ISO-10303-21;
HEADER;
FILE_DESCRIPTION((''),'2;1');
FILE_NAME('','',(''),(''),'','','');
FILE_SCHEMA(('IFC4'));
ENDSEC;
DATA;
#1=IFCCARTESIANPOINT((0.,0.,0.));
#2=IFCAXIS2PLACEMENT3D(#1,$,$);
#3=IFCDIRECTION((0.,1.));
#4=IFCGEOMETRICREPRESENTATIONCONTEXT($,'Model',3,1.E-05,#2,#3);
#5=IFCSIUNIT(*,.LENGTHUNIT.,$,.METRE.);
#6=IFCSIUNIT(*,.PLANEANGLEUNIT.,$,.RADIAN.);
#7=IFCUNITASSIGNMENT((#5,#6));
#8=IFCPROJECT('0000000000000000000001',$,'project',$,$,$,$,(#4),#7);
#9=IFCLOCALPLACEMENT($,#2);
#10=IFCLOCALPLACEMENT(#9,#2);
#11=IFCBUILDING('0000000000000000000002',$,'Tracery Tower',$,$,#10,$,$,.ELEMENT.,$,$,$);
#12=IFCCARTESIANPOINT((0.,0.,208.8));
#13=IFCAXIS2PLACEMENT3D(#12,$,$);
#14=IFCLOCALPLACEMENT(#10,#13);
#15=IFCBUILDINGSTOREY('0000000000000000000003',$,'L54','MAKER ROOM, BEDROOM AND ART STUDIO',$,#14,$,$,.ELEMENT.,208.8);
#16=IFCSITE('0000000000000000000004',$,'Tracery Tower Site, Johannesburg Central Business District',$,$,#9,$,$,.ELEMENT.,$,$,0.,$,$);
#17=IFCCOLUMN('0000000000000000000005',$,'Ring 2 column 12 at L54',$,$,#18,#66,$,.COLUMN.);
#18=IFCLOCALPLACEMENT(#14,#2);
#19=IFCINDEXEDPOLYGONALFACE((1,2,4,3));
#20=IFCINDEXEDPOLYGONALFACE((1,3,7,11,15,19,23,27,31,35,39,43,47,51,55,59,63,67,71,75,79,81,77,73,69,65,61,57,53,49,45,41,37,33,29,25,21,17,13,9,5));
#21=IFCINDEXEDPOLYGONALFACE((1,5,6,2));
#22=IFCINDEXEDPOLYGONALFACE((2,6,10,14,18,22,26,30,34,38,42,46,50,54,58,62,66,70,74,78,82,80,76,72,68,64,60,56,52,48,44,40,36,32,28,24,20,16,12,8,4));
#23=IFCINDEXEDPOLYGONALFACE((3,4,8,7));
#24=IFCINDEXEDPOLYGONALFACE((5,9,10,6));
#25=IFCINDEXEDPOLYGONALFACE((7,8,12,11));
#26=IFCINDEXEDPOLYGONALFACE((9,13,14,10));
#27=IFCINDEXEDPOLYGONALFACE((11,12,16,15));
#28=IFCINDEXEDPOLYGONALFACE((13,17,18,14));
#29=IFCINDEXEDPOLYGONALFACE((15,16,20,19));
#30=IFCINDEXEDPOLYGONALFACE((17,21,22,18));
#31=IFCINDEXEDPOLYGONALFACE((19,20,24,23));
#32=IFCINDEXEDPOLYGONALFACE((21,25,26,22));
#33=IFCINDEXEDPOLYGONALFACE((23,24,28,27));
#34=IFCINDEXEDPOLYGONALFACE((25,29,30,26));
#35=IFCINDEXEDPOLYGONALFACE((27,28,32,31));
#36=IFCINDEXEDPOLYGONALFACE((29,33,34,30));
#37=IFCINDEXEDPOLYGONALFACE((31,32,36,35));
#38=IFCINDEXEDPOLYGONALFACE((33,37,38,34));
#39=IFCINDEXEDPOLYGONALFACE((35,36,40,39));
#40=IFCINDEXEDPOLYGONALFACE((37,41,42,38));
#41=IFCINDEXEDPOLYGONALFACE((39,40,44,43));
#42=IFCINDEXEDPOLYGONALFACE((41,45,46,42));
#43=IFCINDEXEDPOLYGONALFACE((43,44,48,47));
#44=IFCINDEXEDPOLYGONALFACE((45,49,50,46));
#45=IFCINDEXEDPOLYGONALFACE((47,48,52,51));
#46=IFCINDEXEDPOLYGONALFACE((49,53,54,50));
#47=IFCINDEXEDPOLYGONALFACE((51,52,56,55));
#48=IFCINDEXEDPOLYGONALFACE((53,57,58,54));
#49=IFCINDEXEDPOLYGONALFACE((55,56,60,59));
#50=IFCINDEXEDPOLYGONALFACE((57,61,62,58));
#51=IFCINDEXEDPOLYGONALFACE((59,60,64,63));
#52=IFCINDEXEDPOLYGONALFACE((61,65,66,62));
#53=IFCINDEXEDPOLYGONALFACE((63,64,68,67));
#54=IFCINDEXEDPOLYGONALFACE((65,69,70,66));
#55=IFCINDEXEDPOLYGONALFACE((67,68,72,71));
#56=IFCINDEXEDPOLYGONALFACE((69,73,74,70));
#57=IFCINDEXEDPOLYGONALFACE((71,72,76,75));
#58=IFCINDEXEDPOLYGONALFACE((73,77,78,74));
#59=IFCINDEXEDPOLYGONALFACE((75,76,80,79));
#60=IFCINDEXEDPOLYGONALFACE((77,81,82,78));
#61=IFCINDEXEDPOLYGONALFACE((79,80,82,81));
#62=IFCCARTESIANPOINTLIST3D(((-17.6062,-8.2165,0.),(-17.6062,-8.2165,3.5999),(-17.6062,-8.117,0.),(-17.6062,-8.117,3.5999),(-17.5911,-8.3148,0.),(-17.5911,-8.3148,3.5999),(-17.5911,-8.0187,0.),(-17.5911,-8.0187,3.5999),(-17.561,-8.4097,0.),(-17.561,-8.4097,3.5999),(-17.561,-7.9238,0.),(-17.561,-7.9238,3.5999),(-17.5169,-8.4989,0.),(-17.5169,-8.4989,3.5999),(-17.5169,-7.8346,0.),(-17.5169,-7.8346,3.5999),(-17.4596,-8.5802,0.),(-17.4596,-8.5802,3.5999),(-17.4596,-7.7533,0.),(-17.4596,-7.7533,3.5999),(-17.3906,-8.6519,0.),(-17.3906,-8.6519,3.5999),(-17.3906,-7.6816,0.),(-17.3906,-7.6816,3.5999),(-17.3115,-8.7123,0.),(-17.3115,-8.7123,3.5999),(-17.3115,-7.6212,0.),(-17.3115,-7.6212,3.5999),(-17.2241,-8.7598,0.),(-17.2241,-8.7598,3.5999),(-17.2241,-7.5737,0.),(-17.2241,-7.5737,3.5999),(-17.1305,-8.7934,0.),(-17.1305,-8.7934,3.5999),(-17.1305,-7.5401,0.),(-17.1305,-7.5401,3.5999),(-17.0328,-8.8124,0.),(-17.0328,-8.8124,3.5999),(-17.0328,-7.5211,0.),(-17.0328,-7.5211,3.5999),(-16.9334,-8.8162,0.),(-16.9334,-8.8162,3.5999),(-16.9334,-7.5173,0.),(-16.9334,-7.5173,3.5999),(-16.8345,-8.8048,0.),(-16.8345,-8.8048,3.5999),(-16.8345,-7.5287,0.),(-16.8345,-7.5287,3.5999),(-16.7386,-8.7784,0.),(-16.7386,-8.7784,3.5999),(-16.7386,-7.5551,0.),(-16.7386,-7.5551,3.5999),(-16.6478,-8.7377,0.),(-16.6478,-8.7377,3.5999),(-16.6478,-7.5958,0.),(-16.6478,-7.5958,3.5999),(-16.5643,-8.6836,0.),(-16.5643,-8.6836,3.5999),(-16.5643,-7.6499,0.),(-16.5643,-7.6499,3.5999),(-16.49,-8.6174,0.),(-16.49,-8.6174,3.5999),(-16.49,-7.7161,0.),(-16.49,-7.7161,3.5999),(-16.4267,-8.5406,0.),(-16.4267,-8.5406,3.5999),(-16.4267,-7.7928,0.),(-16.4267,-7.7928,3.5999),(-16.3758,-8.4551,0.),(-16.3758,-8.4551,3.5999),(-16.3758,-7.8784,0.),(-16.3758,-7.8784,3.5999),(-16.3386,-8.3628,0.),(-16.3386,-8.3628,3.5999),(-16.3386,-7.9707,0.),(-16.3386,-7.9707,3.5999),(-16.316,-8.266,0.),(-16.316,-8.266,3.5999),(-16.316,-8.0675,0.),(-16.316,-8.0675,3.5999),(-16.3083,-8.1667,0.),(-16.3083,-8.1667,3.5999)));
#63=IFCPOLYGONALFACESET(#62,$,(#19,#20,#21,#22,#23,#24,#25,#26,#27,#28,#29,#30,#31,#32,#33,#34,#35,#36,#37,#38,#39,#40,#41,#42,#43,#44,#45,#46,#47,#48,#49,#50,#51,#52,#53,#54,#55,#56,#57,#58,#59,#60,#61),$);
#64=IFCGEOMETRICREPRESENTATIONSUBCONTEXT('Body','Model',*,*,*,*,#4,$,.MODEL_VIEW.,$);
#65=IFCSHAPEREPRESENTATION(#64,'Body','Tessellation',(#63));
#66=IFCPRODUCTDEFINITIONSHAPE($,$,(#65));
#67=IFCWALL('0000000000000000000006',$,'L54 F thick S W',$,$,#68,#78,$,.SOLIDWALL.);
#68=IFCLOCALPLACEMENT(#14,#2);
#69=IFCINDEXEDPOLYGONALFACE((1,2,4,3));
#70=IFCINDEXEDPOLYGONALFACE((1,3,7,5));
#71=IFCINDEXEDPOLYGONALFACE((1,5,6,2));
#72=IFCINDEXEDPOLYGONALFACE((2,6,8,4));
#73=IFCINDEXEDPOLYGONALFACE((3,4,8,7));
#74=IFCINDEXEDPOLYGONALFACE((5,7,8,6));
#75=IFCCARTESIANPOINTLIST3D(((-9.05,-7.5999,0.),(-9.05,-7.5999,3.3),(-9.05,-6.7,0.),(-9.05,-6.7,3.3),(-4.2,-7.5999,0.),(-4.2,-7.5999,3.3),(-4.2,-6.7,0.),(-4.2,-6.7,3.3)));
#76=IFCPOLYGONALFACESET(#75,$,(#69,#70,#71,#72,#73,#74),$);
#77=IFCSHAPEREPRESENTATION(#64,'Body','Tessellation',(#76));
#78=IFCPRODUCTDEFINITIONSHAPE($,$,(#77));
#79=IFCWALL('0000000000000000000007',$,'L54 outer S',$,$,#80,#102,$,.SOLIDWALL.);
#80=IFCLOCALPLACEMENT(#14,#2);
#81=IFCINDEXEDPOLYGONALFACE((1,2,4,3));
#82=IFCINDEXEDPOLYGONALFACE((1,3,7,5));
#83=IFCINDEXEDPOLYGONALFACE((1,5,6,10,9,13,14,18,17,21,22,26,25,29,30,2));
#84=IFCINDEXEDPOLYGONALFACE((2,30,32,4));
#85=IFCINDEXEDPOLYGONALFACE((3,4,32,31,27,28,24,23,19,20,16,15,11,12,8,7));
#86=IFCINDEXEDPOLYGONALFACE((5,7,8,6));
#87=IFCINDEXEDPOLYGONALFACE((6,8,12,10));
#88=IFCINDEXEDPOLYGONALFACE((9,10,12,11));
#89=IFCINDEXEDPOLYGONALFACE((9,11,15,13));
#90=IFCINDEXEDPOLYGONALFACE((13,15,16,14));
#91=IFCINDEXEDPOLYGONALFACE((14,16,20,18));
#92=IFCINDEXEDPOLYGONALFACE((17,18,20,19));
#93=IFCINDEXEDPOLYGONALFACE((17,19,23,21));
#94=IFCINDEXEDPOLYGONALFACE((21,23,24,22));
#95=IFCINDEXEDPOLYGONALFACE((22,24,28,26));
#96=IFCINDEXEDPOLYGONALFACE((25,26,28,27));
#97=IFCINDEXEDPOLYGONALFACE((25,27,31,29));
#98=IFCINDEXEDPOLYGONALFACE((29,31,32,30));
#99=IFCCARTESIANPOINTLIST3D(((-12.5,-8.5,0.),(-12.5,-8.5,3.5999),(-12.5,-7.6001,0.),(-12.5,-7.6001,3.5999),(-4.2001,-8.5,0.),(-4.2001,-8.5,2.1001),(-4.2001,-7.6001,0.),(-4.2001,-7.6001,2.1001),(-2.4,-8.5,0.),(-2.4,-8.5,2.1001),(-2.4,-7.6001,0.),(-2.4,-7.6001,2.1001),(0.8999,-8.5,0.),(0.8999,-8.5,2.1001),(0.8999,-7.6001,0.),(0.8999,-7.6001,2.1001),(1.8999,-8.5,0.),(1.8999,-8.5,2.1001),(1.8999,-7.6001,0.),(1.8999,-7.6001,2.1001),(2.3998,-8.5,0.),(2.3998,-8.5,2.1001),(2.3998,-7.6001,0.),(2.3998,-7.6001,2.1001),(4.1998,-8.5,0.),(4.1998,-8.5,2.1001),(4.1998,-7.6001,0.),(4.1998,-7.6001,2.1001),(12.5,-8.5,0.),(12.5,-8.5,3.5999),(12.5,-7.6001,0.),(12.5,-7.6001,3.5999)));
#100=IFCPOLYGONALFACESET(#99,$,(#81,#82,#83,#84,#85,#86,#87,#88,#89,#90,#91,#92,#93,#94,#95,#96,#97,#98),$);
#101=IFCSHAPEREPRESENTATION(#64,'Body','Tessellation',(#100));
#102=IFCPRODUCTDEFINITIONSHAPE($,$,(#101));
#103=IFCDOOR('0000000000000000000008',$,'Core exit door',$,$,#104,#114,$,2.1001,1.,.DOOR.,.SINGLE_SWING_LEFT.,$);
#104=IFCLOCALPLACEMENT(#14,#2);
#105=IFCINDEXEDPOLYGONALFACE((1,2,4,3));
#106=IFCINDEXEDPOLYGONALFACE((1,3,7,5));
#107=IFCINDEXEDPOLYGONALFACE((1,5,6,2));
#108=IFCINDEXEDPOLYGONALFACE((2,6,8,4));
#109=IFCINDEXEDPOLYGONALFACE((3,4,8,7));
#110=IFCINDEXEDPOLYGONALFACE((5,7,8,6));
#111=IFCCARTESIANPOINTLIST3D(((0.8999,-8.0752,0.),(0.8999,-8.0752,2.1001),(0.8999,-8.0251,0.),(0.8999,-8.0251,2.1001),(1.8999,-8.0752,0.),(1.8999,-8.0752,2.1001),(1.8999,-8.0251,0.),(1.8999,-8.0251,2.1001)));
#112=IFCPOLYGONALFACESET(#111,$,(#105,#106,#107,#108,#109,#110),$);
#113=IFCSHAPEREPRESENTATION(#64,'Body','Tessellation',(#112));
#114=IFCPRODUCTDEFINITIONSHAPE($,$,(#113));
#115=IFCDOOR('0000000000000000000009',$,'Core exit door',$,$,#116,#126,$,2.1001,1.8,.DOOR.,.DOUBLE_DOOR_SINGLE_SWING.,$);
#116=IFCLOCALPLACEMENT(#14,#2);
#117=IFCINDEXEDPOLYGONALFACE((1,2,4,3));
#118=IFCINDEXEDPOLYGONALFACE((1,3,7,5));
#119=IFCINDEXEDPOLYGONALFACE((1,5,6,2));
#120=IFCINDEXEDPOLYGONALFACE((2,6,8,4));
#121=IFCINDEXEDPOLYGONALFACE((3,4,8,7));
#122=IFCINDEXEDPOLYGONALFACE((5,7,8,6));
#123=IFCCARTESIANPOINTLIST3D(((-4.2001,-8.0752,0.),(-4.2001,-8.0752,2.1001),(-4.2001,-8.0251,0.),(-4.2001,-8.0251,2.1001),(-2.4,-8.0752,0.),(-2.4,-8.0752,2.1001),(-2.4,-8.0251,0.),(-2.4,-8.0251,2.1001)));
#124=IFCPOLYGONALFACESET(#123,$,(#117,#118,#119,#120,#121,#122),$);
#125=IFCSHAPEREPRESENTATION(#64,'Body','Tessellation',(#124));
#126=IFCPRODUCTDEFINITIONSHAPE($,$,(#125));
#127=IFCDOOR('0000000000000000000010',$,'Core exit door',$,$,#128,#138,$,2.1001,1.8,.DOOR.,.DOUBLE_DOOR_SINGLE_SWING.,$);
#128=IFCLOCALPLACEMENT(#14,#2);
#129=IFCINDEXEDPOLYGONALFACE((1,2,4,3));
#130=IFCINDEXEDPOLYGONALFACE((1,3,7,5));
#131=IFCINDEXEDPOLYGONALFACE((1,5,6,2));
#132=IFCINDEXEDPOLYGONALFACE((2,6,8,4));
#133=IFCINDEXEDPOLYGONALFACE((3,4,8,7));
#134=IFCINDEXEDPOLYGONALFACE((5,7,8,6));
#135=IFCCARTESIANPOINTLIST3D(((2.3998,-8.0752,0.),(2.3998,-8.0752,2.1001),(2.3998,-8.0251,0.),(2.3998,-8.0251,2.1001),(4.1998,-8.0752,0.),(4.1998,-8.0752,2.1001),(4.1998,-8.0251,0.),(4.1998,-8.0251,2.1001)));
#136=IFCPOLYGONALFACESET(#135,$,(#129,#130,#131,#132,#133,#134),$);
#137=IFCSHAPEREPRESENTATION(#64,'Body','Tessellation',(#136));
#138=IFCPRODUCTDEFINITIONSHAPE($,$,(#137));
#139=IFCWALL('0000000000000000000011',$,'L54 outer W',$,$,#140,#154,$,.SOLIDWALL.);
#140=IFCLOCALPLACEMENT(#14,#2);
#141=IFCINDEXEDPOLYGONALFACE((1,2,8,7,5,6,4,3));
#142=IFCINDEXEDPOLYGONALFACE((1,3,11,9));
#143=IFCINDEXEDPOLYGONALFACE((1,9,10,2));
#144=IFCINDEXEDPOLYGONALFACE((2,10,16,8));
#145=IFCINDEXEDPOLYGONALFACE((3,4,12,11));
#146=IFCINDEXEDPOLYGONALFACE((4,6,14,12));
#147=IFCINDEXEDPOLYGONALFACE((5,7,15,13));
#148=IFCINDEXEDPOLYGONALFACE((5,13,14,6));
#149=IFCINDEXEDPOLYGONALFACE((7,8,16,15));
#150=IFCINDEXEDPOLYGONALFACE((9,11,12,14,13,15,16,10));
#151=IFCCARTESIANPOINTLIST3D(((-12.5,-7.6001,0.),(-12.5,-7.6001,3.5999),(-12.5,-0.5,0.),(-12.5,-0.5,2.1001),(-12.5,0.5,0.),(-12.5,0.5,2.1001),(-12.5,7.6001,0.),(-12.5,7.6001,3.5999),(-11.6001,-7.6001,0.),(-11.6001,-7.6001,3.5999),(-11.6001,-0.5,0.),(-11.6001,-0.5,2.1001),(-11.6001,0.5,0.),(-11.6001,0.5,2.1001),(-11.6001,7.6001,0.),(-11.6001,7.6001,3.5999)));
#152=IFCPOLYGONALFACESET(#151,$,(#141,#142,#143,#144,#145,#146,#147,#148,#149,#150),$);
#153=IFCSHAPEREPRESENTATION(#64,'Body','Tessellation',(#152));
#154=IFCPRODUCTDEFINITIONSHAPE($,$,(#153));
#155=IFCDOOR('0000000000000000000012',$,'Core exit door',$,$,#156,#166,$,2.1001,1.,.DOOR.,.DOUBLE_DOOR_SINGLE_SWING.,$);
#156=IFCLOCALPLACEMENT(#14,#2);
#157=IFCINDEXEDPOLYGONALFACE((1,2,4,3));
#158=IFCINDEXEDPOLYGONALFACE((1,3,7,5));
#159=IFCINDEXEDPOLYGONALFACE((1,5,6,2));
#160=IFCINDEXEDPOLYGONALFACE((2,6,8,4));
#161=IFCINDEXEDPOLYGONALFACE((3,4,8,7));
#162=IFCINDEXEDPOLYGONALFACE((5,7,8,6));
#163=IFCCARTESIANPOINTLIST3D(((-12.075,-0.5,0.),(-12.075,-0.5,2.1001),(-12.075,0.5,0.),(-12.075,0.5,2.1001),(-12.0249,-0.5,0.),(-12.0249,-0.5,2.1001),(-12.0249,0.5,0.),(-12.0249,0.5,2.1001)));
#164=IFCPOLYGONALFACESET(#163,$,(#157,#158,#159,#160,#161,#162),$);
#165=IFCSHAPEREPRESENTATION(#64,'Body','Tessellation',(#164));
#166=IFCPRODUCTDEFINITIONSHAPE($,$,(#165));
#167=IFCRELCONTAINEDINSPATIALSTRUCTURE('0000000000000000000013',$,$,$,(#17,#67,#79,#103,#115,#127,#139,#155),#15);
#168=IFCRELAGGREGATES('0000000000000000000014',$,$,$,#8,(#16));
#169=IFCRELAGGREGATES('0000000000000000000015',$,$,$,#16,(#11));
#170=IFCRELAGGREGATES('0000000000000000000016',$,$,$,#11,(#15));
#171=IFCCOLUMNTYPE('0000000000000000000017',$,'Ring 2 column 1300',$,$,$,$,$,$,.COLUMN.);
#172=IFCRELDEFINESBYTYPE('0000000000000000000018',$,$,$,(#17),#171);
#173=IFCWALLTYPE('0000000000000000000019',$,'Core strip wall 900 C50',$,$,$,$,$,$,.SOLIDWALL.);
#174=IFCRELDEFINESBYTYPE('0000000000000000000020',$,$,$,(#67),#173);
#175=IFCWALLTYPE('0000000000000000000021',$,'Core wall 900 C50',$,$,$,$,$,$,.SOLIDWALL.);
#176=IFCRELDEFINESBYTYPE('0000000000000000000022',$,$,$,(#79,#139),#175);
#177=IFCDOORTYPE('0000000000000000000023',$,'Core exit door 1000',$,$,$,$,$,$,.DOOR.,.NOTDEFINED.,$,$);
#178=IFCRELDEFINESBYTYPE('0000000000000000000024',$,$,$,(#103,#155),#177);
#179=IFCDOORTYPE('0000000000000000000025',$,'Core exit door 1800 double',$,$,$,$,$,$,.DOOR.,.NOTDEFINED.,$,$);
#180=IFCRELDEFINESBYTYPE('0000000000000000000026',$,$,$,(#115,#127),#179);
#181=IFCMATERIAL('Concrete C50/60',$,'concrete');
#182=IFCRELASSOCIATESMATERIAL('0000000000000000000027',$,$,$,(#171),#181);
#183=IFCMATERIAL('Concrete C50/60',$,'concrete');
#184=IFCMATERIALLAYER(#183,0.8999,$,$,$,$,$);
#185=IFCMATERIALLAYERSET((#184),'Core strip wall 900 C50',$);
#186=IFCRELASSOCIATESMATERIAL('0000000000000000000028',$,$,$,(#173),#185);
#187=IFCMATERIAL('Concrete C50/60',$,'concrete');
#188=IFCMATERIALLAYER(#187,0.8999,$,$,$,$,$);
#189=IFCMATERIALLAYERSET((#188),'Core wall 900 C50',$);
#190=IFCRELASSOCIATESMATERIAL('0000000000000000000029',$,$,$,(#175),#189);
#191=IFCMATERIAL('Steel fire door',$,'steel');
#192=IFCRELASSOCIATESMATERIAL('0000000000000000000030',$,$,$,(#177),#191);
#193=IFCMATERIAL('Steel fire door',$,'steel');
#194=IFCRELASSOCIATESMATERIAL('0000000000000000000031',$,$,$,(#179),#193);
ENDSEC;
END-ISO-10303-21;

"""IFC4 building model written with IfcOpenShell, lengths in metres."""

from ifc_helpers import new_model, si_unit, direction, frame, frame_2d, origin, origin_2d, place, context, subcontext, project, spatial, rectangle, circle, extrude, material, layer, layer_set, material_profile, profile_set, type_object, element, fill, save


model = new_model("IFC4")

# Units and contexts
model_context = context("Model", 3, precision=1e-05, world=origin(), true_north=direction((0.0, 1.0)))
body_context = subcontext(model_context, "Body", "Model", "MODEL_VIEW")
ifc_project = project(units=[si_unit("LENGTHUNIT", "METRE"), si_unit("PLANEANGLEUNIT", "RADIAN")], contexts=[model_context])

# Site, building, storey
site_placement = place(None, origin())
site = spatial("IfcSite", under=ifc_project, at=site_placement, Name="Tracery Tower Site, Johannesburg Central Business District", CompositionType="ELEMENT", RefElevation=0.0)
building_placement = place(site_placement, origin())
building = spatial("IfcBuilding", under=site, at=building_placement, Name="Tracery Tower", CompositionType="ELEMENT")
storey_placement = place(building_placement, frame((0.0, 0.0, 208.8)))
storey = spatial("IfcBuildingStorey", under=building, at=storey_placement, Name="L54", Description="MAKER ROOM, BEDROOM AND ART STUDIO", CompositionType="ELEMENT", Elevation=208.8)

# Column
ifc_material_1 = material(Name="Concrete C50/60", Category="concrete")
ifc_material_profile = material_profile(ifc_material_1, circle(Radius=0.6499, at=origin_2d()), Name="RC D1300")
ifc_profile_set = profile_set([ifc_material_profile], Name="Concrete C50/60")
column_type = type_object("IfcColumnType", Name="Ring 2 column 1300", PredefinedType="COLUMN", material=ifc_profile_set)
column_placement = place(storey_placement, frame((-16.9583, -8.1667, 0.0), z_axis=(0.0, 0.0, 1.0), x_axis=(1.0, 0.0, 0.0)))
element("IfcColumn", 1, at=column_placement, inside=storey, type_object=column_type, Name="Ring 2 column 12 at L54", PredefinedType="COLUMN", context=body_context, shape_type="SweptSolid", body=[
    extrude(circle(Radius=0.6499, at=origin_2d()), origin(), (0.0, 0.0, 1.0), 3.5999),
])

# Wall
ifc_material_2 = material(Name="Concrete C50/60", Category="concrete")
ifc_layer_1 = layer(ifc_material_2, 0.8999)
ifc_layer_set_1 = layer_set([ifc_layer_1], Name="Core strip wall 900 C50")
wall_type_1 = type_object("IfcWallType", Name="Core strip wall 900 C50", PredefinedType="SOLIDWALL", material=ifc_layer_set_1)
wall_1_placement = place(storey_placement, frame((-9.05, -7.1499, 0.0), z_axis=(0.0, 0.0, 1.0), x_axis=(1.0, 0.0, 0.0)))
element("IfcWall", 2, at=wall_1_placement, inside=storey, type_object=wall_type_1, Name="L54 F thick S W", PredefinedType="SOLIDWALL", context=body_context, shape_type="SweptSolid", body=[
    extrude(rectangle(XDim=4.8501, YDim=0.8999, at=frame_2d((2.425, 0.0))), origin(), (0.0, 0.0, 1.0), 3.3),
])

# Wall, openings, doors
ifc_material_3 = material(Name="Concrete C50/60", Category="concrete")
ifc_layer_2 = layer(ifc_material_3, 0.8999)
ifc_layer_set_2 = layer_set([ifc_layer_2], Name="Core wall 900 C50")
wall_type_2 = type_object("IfcWallType", Name="Core wall 900 C50", PredefinedType="SOLIDWALL", material=ifc_layer_set_2)
wall_2_placement = place(storey_placement, frame((-12.5, -8.05, 0.0), z_axis=(0.0, 0.0, 1.0), x_axis=(1.0, 0.0, 0.0)))
wall_2 = element("IfcWall", 3, at=wall_2_placement, inside=storey, type_object=wall_type_2, Name="L54 outer S", PredefinedType="SOLIDWALL", context=body_context, shape_type="SweptSolid", body=[
    extrude(rectangle(XDim=25.0, YDim=0.8999, at=frame_2d((12.5, 0.0))), origin(), (0.0, 0.0, 1.0), 3.5999),
])
opening_1_placement = place(wall_2_placement, frame((13.3999, 0.0, 0.0)))
opening_1 = element("IfcOpeningElement", 4, at=opening_1_placement, cuts=wall_2, PredefinedType="OPENING", context=body_context, shape_type="SweptSolid", body=[
    extrude(rectangle(XDim=1.0, YDim=2.1001, at=frame_2d((0.5, 1.05))), frame((0.0, 0.45, 0.0), z_axis=(0.0, -1.0, 0.0), x_axis=(1.0, 0.0, 0.0)), (0.0, 0.0, 1.0), 0.8999),
])
opening_2_placement = place(wall_2_placement, frame((8.3, 0.0, 0.0)))
opening_2 = element("IfcOpeningElement", 5, at=opening_2_placement, cuts=wall_2, PredefinedType="OPENING", context=body_context, shape_type="SweptSolid", body=[
    extrude(rectangle(XDim=1.8, YDim=2.1001, at=frame_2d((0.8999, 1.05))), frame((0.0, 0.45, 0.0), z_axis=(0.0, -1.0, 0.0), x_axis=(1.0, 0.0, 0.0)), (0.0, 0.0, 1.0), 0.8999),
])
opening_3_placement = place(wall_2_placement, frame((14.8999, 0.0, 0.0)))
opening_3 = element("IfcOpeningElement", 6, at=opening_3_placement, cuts=wall_2, PredefinedType="OPENING", context=body_context, shape_type="SweptSolid", body=[
    extrude(rectangle(XDim=1.8, YDim=2.1001, at=frame_2d((0.8999, 1.05))), frame((0.0, 0.45, 0.0), z_axis=(0.0, -1.0, 0.0), x_axis=(1.0, 0.0, 0.0)), (0.0, 0.0, 1.0), 0.8999),
])
ifc_material_4 = material(Name="Steel fire door", Category="steel")
door_type_1 = type_object("IfcDoorType", Name="Core exit door 1000", OperationType="NOTDEFINED", PredefinedType="DOOR", material=ifc_material_4)
door_1_placement = place(opening_1_placement, origin())
door_1 = element("IfcDoor", 7, at=door_1_placement, inside=storey, type_object=door_type_1, Name="Core exit door", OperationType="SINGLE_SWING_LEFT", OverallHeight=2.1001, OverallWidth=1.0, PredefinedType="DOOR", context=body_context, shape_type="SweptSolid", body=[
    extrude(rectangle(XDim=1.0, YDim=2.1001, at=frame_2d((0.5, 1.05))), frame((0.0, 0.0249, 0.0), z_axis=(0.0, -1.0, 0.0), x_axis=(1.0, 0.0, 0.0)), (0.0, 0.0, 1.0), 0.05),
])
fill(opening_1, door_1)
ifc_material_5 = material(Name="Steel fire door", Category="steel")
door_type_2 = type_object("IfcDoorType", Name="Core exit door 1800 double", OperationType="NOTDEFINED", PredefinedType="DOOR", material=ifc_material_5)
door_2_placement = place(opening_2_placement, origin())
door_2 = element("IfcDoor", 8, at=door_2_placement, inside=storey, type_object=door_type_2, Name="Core exit door", OperationType="DOUBLE_DOOR_SINGLE_SWING", OverallHeight=2.1001, OverallWidth=1.8, PredefinedType="DOOR", context=body_context, shape_type="SweptSolid", body=[
    extrude(rectangle(XDim=1.8, YDim=2.1001, at=frame_2d((0.8999, 1.05))), frame((0.0, 0.0249, 0.0), z_axis=(0.0, -1.0, 0.0), x_axis=(1.0, 0.0, 0.0)), (0.0, 0.0, 1.0), 0.05),
])
fill(opening_2, door_2)
door_3_placement = place(opening_3_placement, origin())
door_3 = element("IfcDoor", 9, at=door_3_placement, inside=storey, type_object=door_type_2, Name="Core exit door", OperationType="DOUBLE_DOOR_SINGLE_SWING", OverallHeight=2.1001, OverallWidth=1.8, PredefinedType="DOOR", context=body_context, shape_type="SweptSolid", body=[
    extrude(rectangle(XDim=1.8, YDim=2.1001, at=frame_2d((0.8999, 1.05))), frame((0.0, 0.0249, 0.0), z_axis=(0.0, -1.0, 0.0), x_axis=(1.0, 0.0, 0.0)), (0.0, 0.0, 1.0), 0.05),
])
fill(opening_3, door_3)

# Wall, opening, door
wall_3_placement = place(storey_placement, frame((-12.05, -7.6001, 0.0), z_axis=(0.0, 0.0, 1.0), x_axis=(0.0, 1.0, 0.0)))
wall_3 = element("IfcWall", 10, at=wall_3_placement, inside=storey, type_object=wall_type_2, Name="L54 outer W", PredefinedType="SOLIDWALL", context=body_context, shape_type="SweptSolid", body=[
    extrude(rectangle(XDim=15.2002, YDim=0.8999, at=frame_2d((7.6001, 0.0))), origin(), (0.0, 0.0, 1.0), 3.5999),
])
opening_4_placement = place(wall_3_placement, frame((7.1001, 0.0, 0.0)))
opening_4 = element("IfcOpeningElement", 11, at=opening_4_placement, cuts=wall_3, PredefinedType="OPENING", context=body_context, shape_type="SweptSolid", body=[
    extrude(rectangle(XDim=1.0, YDim=2.1001, at=frame_2d((0.5, 1.05))), frame((0.0, 0.45, 0.0), z_axis=(0.0, -1.0, 0.0), x_axis=(1.0, 0.0, 0.0)), (0.0, 0.0, 1.0), 0.8999),
])
door_4_placement = place(opening_4_placement, origin())
door_4 = element("IfcDoor", 12, at=door_4_placement, inside=storey, type_object=door_type_1, Name="Core exit door", OperationType="DOUBLE_DOOR_SINGLE_SWING", OverallHeight=2.1001, OverallWidth=1.0, PredefinedType="DOOR", context=body_context, shape_type="SweptSolid", body=[
    extrude(rectangle(XDim=1.0, YDim=2.1001, at=frame_2d((0.5, 1.05))), frame((0.0, 0.0249, 0.0), z_axis=(0.0, -1.0, 0.0), x_axis=(1.0, 0.0, 0.0)), (0.0, 0.0, 1.0), 0.05),
])
fill(opening_4, door_4)

save(model, "model.ifc")
